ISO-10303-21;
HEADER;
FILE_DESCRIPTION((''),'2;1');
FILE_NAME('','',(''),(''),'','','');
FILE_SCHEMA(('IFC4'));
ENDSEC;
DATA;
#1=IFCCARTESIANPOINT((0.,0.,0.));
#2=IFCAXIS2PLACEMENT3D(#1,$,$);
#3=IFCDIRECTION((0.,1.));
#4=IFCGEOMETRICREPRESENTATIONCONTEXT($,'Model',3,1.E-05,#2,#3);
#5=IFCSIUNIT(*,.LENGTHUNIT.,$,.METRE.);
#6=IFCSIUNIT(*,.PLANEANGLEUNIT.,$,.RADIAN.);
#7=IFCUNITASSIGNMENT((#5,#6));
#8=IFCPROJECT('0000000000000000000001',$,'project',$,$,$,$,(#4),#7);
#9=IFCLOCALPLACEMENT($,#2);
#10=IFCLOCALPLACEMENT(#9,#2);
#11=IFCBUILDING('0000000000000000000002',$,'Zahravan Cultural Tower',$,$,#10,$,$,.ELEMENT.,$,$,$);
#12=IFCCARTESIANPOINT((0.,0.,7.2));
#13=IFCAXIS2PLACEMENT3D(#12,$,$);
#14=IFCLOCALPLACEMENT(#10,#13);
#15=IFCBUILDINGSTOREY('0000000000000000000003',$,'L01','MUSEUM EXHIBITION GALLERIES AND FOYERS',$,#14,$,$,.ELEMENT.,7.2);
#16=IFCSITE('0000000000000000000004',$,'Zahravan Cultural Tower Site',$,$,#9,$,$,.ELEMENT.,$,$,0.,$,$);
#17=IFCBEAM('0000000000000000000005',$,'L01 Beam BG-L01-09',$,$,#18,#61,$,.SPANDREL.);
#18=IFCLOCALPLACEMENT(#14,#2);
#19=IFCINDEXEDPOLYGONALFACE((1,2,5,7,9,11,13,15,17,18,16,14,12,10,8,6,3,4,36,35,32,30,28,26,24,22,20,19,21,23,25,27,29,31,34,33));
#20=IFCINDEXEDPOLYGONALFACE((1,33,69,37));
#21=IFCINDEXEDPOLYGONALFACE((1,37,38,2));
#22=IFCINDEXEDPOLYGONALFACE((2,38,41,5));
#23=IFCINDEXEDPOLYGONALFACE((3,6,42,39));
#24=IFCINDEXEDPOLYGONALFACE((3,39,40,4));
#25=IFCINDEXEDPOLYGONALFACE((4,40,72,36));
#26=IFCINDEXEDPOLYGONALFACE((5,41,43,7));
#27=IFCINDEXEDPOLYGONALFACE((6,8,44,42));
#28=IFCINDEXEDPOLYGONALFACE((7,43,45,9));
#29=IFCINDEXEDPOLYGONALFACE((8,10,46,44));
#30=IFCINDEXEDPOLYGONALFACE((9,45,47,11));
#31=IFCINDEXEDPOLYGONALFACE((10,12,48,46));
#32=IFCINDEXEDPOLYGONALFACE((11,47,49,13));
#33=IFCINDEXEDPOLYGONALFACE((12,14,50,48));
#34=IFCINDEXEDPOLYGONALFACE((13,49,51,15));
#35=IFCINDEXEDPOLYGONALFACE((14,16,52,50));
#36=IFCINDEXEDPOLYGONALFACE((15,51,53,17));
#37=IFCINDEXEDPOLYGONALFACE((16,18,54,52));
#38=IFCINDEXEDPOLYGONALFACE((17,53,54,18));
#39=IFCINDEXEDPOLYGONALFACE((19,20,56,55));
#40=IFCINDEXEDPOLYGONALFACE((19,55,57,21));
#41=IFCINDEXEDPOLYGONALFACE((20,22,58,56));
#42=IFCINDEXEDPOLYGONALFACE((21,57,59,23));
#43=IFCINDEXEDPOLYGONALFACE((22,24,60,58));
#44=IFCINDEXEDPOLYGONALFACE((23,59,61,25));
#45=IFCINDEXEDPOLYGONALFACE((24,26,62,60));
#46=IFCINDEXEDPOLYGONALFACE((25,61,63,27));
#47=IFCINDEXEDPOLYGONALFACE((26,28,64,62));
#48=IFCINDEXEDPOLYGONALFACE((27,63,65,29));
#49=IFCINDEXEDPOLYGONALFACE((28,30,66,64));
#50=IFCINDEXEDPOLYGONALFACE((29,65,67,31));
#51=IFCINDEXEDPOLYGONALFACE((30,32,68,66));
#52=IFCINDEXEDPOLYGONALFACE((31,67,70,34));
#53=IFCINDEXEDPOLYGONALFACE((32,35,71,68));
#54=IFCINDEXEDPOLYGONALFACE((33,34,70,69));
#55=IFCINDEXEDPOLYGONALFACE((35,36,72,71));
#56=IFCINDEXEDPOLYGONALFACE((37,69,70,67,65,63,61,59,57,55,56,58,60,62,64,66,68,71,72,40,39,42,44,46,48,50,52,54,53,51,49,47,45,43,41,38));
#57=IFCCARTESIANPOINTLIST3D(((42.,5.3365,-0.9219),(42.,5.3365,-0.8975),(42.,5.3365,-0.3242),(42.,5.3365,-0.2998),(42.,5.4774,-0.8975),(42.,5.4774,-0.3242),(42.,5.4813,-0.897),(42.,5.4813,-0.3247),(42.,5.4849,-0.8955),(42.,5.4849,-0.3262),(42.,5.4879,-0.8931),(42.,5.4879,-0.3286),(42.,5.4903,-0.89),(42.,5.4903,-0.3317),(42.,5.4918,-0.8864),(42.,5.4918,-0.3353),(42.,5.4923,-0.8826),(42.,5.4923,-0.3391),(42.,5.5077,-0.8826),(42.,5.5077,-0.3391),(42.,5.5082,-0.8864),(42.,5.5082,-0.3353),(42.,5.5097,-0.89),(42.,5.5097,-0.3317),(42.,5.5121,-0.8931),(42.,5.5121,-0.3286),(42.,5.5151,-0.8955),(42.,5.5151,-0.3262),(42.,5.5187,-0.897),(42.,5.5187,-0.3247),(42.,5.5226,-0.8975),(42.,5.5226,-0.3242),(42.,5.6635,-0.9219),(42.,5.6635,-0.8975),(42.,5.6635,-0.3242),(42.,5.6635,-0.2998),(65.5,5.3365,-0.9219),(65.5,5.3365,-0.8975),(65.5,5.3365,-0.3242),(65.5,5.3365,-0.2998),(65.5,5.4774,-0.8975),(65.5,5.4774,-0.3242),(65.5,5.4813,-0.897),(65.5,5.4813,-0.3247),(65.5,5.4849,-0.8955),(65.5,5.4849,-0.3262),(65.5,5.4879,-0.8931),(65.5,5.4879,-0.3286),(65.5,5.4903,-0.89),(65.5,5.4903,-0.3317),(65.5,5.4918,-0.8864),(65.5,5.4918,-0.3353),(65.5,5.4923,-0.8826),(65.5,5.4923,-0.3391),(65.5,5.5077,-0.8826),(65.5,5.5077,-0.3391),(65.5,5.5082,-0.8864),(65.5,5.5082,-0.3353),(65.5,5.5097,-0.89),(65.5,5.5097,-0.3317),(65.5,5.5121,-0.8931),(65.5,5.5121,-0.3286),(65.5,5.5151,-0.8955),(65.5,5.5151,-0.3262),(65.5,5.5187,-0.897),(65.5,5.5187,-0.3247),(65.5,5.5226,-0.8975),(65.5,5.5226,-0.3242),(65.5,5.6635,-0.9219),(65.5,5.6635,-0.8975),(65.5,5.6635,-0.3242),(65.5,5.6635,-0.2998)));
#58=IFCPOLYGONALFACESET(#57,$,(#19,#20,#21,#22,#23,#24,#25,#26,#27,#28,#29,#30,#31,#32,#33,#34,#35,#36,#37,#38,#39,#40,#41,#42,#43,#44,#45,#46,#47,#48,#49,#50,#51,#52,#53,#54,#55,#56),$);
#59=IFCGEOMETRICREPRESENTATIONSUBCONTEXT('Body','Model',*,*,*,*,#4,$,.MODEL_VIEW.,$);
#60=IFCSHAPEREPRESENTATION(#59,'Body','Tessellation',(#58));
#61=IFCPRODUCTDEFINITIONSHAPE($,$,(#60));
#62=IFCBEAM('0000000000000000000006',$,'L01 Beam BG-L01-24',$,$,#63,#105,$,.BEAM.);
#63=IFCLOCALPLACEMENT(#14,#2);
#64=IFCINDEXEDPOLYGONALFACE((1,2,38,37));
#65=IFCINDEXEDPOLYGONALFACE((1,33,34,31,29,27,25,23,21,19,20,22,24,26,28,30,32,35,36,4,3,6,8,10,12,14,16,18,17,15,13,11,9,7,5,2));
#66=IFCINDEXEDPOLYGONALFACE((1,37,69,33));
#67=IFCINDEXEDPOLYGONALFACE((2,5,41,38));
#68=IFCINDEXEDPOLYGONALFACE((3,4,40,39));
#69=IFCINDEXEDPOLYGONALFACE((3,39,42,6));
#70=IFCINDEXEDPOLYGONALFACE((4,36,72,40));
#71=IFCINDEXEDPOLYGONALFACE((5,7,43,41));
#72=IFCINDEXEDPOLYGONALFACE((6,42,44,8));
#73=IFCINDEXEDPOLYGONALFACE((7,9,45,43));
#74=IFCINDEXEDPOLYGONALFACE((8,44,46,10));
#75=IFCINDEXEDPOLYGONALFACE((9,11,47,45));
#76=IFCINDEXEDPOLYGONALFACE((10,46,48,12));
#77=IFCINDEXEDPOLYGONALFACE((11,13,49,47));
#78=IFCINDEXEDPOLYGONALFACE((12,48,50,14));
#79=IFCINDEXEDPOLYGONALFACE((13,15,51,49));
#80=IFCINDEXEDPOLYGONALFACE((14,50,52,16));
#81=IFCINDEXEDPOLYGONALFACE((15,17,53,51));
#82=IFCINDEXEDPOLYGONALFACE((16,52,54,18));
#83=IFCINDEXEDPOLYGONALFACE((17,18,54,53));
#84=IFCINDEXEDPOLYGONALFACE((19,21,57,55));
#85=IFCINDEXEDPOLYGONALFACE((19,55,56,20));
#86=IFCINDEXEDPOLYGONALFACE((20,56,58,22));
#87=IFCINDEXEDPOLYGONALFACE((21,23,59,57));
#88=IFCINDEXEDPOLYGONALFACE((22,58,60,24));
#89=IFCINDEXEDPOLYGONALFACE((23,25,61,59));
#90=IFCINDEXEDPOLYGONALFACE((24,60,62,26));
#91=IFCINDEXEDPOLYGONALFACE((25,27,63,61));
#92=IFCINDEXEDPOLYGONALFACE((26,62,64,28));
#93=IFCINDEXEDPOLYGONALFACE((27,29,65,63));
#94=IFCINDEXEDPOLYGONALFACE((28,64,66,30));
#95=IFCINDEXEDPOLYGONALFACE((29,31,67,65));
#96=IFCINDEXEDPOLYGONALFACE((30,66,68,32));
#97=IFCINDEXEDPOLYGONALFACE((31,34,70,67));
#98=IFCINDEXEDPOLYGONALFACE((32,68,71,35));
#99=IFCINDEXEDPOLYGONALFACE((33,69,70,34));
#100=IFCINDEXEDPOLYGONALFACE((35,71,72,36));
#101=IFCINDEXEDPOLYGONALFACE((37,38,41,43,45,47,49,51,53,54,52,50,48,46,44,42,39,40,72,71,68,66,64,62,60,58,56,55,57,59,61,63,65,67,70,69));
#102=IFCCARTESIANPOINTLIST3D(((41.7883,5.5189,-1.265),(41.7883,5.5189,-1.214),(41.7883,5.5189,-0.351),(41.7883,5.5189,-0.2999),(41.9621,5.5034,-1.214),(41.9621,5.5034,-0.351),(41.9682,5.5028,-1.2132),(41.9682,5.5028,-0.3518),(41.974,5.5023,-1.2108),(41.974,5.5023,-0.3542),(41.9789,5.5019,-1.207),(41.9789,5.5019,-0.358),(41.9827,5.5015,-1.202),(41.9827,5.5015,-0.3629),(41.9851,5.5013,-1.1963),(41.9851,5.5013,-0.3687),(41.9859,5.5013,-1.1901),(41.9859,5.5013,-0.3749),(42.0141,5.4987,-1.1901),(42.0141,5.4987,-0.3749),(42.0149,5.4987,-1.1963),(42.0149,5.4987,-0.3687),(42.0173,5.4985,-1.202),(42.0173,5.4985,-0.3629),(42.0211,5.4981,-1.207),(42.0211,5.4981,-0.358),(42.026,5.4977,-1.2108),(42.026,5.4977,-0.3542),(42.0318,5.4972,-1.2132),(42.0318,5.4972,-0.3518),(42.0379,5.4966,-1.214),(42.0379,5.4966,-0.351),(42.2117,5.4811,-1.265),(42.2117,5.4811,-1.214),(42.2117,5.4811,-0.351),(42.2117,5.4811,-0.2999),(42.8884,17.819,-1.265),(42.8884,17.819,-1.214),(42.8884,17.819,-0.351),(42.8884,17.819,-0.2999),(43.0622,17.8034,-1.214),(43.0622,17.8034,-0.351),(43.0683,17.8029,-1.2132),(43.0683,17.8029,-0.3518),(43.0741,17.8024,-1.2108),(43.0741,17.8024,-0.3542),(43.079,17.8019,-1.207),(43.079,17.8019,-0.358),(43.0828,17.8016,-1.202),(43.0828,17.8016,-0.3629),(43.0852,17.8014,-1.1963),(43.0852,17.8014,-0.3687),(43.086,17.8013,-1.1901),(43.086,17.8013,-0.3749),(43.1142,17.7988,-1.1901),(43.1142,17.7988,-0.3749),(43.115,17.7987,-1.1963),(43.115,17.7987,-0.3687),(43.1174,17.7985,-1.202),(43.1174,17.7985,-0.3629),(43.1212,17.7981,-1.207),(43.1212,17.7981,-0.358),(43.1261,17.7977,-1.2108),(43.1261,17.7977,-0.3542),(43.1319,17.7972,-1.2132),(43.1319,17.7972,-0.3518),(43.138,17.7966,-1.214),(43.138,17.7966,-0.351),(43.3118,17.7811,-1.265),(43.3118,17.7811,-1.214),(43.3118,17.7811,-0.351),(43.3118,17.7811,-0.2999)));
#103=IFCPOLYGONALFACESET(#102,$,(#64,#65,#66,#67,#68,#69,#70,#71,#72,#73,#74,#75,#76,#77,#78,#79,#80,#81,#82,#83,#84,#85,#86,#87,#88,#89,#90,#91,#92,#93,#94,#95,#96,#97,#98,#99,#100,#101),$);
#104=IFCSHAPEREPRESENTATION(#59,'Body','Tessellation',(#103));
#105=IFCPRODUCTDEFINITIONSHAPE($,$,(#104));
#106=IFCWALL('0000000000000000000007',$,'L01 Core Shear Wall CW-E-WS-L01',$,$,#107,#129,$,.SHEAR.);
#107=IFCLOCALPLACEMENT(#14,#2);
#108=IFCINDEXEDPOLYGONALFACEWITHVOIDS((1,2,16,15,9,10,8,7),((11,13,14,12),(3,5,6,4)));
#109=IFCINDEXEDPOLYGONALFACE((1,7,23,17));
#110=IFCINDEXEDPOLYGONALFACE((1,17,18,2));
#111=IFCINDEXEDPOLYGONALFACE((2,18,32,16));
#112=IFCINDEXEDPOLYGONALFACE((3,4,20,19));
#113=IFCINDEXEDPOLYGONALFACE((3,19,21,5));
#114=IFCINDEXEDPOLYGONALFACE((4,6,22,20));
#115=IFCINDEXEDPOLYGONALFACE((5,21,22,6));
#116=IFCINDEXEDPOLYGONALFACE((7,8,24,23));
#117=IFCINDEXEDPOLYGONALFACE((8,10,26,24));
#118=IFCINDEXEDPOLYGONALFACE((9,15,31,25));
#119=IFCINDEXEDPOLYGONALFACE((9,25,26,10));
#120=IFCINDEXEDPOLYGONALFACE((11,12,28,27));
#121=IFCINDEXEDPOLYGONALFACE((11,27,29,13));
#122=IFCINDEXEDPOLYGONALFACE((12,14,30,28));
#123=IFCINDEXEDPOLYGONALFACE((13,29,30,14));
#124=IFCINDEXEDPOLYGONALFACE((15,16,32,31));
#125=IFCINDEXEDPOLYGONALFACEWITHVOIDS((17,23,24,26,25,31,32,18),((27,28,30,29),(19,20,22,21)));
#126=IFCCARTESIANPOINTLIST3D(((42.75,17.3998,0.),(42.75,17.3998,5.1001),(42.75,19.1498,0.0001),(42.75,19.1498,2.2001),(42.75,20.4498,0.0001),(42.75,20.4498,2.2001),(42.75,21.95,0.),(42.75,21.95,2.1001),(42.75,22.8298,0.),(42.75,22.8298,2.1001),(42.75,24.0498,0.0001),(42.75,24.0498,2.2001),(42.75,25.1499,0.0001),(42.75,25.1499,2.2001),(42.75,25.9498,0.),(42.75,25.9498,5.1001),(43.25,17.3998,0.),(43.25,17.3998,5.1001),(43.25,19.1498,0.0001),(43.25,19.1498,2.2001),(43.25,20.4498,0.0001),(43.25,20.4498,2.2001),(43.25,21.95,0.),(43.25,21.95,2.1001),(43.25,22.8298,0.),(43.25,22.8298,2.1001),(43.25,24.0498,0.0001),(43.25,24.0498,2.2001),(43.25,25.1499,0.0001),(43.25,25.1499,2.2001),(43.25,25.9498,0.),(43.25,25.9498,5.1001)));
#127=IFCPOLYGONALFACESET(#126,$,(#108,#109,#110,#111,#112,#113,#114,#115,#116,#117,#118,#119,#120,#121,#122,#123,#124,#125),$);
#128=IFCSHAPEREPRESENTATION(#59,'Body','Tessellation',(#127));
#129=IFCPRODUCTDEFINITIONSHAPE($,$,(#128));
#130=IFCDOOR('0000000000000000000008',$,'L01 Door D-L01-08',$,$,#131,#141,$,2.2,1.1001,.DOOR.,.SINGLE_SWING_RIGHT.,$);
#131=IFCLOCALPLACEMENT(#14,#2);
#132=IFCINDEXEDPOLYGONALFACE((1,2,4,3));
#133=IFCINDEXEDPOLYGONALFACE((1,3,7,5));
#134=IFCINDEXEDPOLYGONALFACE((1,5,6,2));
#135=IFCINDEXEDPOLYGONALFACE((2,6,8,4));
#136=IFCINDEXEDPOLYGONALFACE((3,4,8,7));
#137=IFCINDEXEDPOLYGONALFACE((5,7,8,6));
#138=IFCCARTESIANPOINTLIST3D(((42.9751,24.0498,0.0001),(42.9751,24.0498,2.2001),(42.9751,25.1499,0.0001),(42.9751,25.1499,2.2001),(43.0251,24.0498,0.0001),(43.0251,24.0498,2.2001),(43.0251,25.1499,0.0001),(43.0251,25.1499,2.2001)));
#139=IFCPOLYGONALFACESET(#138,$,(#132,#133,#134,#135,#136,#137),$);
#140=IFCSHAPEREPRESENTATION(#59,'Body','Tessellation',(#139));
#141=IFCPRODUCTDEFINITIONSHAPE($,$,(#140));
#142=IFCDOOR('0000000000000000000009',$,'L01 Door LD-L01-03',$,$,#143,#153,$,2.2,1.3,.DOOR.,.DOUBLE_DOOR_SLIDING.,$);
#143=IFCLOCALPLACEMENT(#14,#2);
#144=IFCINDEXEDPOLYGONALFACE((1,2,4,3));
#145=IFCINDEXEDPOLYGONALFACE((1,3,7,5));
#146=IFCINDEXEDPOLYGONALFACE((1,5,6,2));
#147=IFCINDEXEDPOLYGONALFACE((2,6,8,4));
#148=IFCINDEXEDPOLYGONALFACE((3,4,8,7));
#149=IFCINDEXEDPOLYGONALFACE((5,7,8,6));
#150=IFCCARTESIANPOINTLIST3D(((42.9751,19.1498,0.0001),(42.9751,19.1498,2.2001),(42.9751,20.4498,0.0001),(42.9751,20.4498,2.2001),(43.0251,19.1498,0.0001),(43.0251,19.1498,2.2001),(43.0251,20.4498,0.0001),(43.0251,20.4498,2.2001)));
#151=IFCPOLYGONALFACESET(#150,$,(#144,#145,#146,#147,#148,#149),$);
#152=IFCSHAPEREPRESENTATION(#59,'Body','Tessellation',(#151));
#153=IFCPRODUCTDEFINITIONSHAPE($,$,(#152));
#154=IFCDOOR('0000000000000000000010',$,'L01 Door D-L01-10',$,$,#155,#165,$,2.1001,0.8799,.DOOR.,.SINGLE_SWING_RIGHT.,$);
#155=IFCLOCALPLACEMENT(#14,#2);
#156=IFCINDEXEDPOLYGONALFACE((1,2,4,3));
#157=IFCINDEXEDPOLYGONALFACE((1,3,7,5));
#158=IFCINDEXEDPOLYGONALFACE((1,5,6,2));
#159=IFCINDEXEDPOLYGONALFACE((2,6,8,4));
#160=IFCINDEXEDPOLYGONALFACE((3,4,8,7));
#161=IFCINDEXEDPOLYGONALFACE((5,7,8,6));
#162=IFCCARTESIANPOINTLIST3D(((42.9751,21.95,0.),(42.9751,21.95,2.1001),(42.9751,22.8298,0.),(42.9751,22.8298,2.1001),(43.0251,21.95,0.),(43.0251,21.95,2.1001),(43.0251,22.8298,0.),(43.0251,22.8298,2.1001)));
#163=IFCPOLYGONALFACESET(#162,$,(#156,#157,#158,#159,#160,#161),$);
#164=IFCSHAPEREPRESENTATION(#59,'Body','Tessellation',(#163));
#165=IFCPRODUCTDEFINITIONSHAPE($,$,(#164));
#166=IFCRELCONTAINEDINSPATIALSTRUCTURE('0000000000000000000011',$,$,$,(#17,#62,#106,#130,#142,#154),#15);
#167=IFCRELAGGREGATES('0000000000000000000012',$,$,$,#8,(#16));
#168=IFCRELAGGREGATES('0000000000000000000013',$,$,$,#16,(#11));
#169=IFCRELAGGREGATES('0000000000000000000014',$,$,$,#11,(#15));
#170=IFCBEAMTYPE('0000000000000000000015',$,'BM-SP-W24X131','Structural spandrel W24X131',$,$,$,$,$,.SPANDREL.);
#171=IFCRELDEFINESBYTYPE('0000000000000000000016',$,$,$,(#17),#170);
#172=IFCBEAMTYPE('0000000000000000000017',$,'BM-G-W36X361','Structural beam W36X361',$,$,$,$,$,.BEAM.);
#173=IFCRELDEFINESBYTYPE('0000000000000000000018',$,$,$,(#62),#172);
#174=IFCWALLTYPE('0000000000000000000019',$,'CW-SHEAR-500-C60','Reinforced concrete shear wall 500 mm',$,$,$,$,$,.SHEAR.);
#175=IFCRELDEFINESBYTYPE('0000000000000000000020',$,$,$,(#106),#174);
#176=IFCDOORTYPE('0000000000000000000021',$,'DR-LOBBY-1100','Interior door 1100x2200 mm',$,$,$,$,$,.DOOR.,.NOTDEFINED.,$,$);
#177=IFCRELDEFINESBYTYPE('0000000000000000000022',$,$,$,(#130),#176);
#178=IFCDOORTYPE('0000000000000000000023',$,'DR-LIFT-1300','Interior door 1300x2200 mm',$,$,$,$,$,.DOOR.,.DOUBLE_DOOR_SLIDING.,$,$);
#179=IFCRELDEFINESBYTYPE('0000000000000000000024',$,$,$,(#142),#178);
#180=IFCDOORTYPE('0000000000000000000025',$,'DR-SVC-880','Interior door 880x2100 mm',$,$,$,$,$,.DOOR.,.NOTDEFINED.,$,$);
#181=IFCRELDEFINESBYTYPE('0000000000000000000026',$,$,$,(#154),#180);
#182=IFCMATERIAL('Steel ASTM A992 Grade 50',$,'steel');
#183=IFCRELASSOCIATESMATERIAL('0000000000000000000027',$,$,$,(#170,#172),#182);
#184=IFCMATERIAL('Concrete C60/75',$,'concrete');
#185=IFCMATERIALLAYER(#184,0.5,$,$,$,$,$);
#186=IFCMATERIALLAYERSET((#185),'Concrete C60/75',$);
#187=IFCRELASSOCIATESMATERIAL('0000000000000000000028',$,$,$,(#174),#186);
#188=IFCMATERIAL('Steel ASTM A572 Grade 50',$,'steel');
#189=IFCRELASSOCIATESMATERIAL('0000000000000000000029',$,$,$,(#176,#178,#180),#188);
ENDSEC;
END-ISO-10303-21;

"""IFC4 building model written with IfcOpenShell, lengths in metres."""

from ifc_helpers import new_model, si_unit, direction, frame, frame_2d, origin, origin_2d, place, context, subcontext, project, spatial, rectangle, i_section, extrude, source, transform, mapped, material, layer, layer_set, material_profile, profile_set, type_object, element, fill, save


model = new_model("IFC4")

# Units and contexts
model_context = context("Model", 3, precision=1e-05, world=origin(), true_north=direction((0.0, 1.0)))
body_context = subcontext(model_context, "Body", "Model", "MODEL_VIEW")
ifc_project = project(units=[si_unit("LENGTHUNIT", "METRE"), si_unit("PLANEANGLEUNIT", "RADIAN")], contexts=[model_context])

# Site, building, storey
site_placement = place(None, origin())
site = spatial("IfcSite", under=ifc_project, at=site_placement, Name="Zahravan Cultural Tower Site", CompositionType="ELEMENT", RefElevation=0.0)
building_placement = place(site_placement, origin())
building = spatial("IfcBuilding", under=site, at=building_placement, Name="Zahravan Cultural Tower", CompositionType="ELEMENT")
storey_placement = place(building_placement, frame((0.0, 0.0, 7.2)))
storey = spatial("IfcBuildingStorey", under=building, at=storey_placement, Name="L01", Description="MUSEUM EXHIBITION GALLERIES AND FOYERS", CompositionType="ELEMENT", Elevation=7.2)

# Shared definitions
ifc_material_1 = material(Name="Concrete C60/75", Category="concrete")
ifc_material_2 = material(Name="Steel ASTM A572 Grade 50", Category="steel")

# Beams
ifc_material_3 = material(Name="Steel ASTM A992 Grade 50", Category="steel")
ifc_material_profile_1 = material_profile(ifc_material_3, i_section(OverallWidth=0.3269, OverallDepth=0.6221, WebThickness=0.0154, FlangeThickness=0.0244, FilletRadius=0.0149, at=origin_2d()), Name="W24X131")
ifc_profile_set_1 = profile_set([ifc_material_profile_1], Name="Steel ASTM A992 Grade 50")
beam_type_1 = type_object("IfcBeamType", Name="BM-SP-W24X131", Description="Structural spandrel W24X131", PredefinedType="SPANDREL", material=ifc_profile_set_1)
shared_shape_1 = source(origin(), body_context, "Body", "SweptSolid", [
    extrude(i_section(OverallWidth=0.3269, OverallDepth=0.6221, WebThickness=0.0154, FlangeThickness=0.0244, FilletRadius=0.0149, at=origin_2d()), origin(), (0.0, 0.0, 1.0), 23.5),
])
beam_1_placement = place(storey_placement, frame((42.0, 5.5, -0.6108), z_axis=(1.0, 0.0, 0.0), x_axis=(0.0, 1.0, 0.0)))
element("IfcBeam", 1, at=beam_1_placement, inside=storey, type_object=beam_type_1, Name="L01 Beam BG-L01-09", PredefinedType="SPANDREL", context=body_context, shape_type="MappedRepresentation", body=[
    mapped(shared_shape_1, transform((0.0, 0.0, 0.0), x_axis=(1.0, 0.0, 0.0), y_axis=(0.0, 1.0, 0.0), z_axis=(0.0, 0.0, 1.0), scale=1.0)),
])
ifc_material_profile_2 = material_profile(ifc_material_3, i_section(OverallWidth=0.425, OverallDepth=0.9651, WebThickness=0.0283, FlangeThickness=0.051, FilletRadius=0.0239, at=origin_2d()), Name="W36X361")
ifc_profile_set_2 = profile_set([ifc_material_profile_2], Name="Steel ASTM A992 Grade 50")
beam_type_2 = type_object("IfcBeamType", Name="BM-G-W36X361", Description="Structural beam W36X361", PredefinedType="BEAM", material=ifc_profile_set_2)
shared_shape_2 = source(origin(), body_context, "Body", "SweptSolid", [
    extrude(i_section(OverallWidth=0.425, OverallDepth=0.9651, WebThickness=0.0283, FlangeThickness=0.051, FilletRadius=0.0239, at=origin_2d()), origin(), (0.0, 0.0, 1.0), 12.3491),
])
beam_2_placement = place(storey_placement, frame((42.0, 5.5, -0.7825), z_axis=(0.089083, 0.996024, 0.0), x_axis=(-0.996024, 0.089083, 0.0)))
element("IfcBeam", 2, at=beam_2_placement, inside=storey, type_object=beam_type_2, Name="L01 Beam BG-L01-24", PredefinedType="BEAM", context=body_context, shape_type="MappedRepresentation", body=[
    mapped(shared_shape_2, transform((0.0, 0.0, 0.0), x_axis=(1.0, 0.0, 0.0), y_axis=(0.0, 1.0, 0.0), z_axis=(0.0, 0.0, 1.0), scale=1.0)),
])

# Wall, openings, doors
ifc_layer_1 = layer(ifc_material_1, 0.5)
ifc_layer_set_1 = layer_set([ifc_layer_1], Name="Concrete C60/75")
wall_type_1 = type_object("IfcWallType", Name="CW-SHEAR-500-C60", Description="Reinforced concrete shear wall 500 mm", PredefinedType="SHEAR", material=ifc_layer_set_1)
wall_1_placement = place(storey_placement, frame((43.0, 17.3999, 0.0), z_axis=(0.0, 0.0, 1.0), x_axis=(0.0, 1.0, 0.0)))
wall_1 = element("IfcWall", 3, at=wall_1_placement, inside=storey, type_object=wall_type_1, Name="L01 Core Shear Wall CW-E-WS-L01", PredefinedType="SHEAR", context=body_context, shape_type="SweptSolid", body=[
    extrude(rectangle(XDim=8.55, YDim=0.5, at=frame_2d((4.2749, 0.0))), origin(), (0.0, 0.0, 1.0), 5.1001),
])
opening_1_placement = place(wall_1_placement, frame((6.6499, 0.0, 0.0)))
opening_1 = element("IfcOpeningElement", 4, at=opening_1_placement, cuts=wall_1, PredefinedType="OPENING", context=body_context, shape_type="SweptSolid", body=[
    extrude(rectangle(XDim=1.1001, YDim=2.2, at=frame_2d((0.55, 1.1001))), frame((0.0, 0.26, 0.0), z_axis=(0.0, -1.0, 0.0), x_axis=(1.0, 0.0, 0.0)), (0.0, 0.0, 1.0), 0.52),
])
opening_2_placement = place(wall_1_placement, frame((1.75, 0.0, 0.0)))
opening_2 = element("IfcOpeningElement", 5, at=opening_2_placement, cuts=wall_1, PredefinedType="OPENING", context=body_context, shape_type="SweptSolid", body=[
    extrude(rectangle(XDim=1.3, YDim=2.2, at=frame_2d((0.6499, 1.1001))), frame((0.0, 0.26, 0.0), z_axis=(0.0, -1.0, 0.0), x_axis=(1.0, 0.0, 0.0)), (0.0, 0.0, 1.0), 0.52),
])
opening_3_placement = place(wall_1_placement, frame((4.55, 0.0, 0.0)))
opening_3 = element("IfcOpeningElement", 6, at=opening_3_placement, cuts=wall_1, PredefinedType="OPENING", context=body_context, shape_type="SweptSolid", body=[
    extrude(rectangle(XDim=0.8799, YDim=2.1001, at=frame_2d((0.4399, 1.05))), frame((0.0, 0.26, 0.0), z_axis=(0.0, -1.0, 0.0), x_axis=(1.0, 0.0, 0.0)), (0.0, 0.0, 1.0), 0.52),
])
door_type_1 = type_object("IfcDoorType", Name="DR-LOBBY-1100", Description="Interior door 1100x2200 mm", OperationType="NOTDEFINED", PredefinedType="DOOR", material=ifc_material_2)
shared_shape_3 = source(origin(), body_context, "Body", "SweptSolid", [
    extrude(rectangle(XDim=1.1001, YDim=2.2, at=frame_2d((0.55, 1.1001))), frame((0.0, 0.0249, 0.0), z_axis=(0.0, -1.0, 0.0), x_axis=(1.0, 0.0, 0.0)), (0.0, 0.0, 1.0), 0.05),
])
door_1_placement = place(opening_1_placement, origin())
door_1 = element("IfcDoor", 7, at=door_1_placement, inside=storey, type_object=door_type_1, Name="L01 Door D-L01-08", OperationType="SINGLE_SWING_RIGHT", OverallHeight=2.2, OverallWidth=1.1001, PredefinedType="DOOR", context=body_context, shape_type="MappedRepresentation", body=[
    mapped(shared_shape_3, transform((0.0, 0.0, 0.0), x_axis=(1.0, 0.0, 0.0), y_axis=(0.0, 1.0, 0.0), z_axis=(0.0, 0.0, 1.0), scale=1.0)),
])
fill(opening_1, door_1)
door_type_2 = type_object("IfcDoorType", Name="DR-LIFT-1300", Description="Interior door 1300x2200 mm", OperationType="DOUBLE_DOOR_SLIDING", PredefinedType="DOOR", material=ifc_material_2)
shared_shape_4 = source(origin(), body_context, "Body", "SweptSolid", [
    extrude(rectangle(XDim=1.3, YDim=2.2, at=frame_2d((0.6499, 1.1001))), frame((0.0, 0.0249, 0.0), z_axis=(0.0, -1.0, 0.0), x_axis=(1.0, 0.0, 0.0)), (0.0, 0.0, 1.0), 0.05),
])
door_2_placement = place(opening_2_placement, origin())
door_2 = element("IfcDoor", 8, at=door_2_placement, inside=storey, type_object=door_type_2, Name="L01 Door LD-L01-03", OperationType="DOUBLE_DOOR_SLIDING", OverallHeight=2.2, OverallWidth=1.3, PredefinedType="DOOR", context=body_context, shape_type="MappedRepresentation", body=[
    mapped(shared_shape_4, transform((0.0, 0.0, 0.0), x_axis=(1.0, 0.0, 0.0), y_axis=(0.0, 1.0, 0.0), z_axis=(0.0, 0.0, 1.0), scale=1.0)),
])
fill(opening_2, door_2)
door_type_3 = type_object("IfcDoorType", Name="DR-SVC-880", Description="Interior door 880x2100 mm", OperationType="NOTDEFINED", PredefinedType="DOOR", material=ifc_material_2)
shared_shape_5 = source(origin(), body_context, "Body", "SweptSolid", [
    extrude(rectangle(XDim=0.8799, YDim=2.1001, at=frame_2d((0.4399, 1.05))), frame((0.0, 0.0249, 0.0), z_axis=(0.0, -1.0, 0.0), x_axis=(1.0, 0.0, 0.0)), (0.0, 0.0, 1.0), 0.05),
])
door_3_placement = place(opening_3_placement, origin())
door_3 = element("IfcDoor", 9, at=door_3_placement, inside=storey, type_object=door_type_3, Name="L01 Door D-L01-10", OperationType="SINGLE_SWING_RIGHT", OverallHeight=2.1001, OverallWidth=0.8799, PredefinedType="DOOR", context=body_context, shape_type="MappedRepresentation", body=[
    mapped(shared_shape_5, transform((0.0, 0.0, 0.0), x_axis=(1.0, 0.0, 0.0), y_axis=(0.0, 1.0, 0.0), z_axis=(0.0, 0.0, 1.0), scale=1.0)),
])
fill(opening_3, door_3)

save(model, "model.ifc")
